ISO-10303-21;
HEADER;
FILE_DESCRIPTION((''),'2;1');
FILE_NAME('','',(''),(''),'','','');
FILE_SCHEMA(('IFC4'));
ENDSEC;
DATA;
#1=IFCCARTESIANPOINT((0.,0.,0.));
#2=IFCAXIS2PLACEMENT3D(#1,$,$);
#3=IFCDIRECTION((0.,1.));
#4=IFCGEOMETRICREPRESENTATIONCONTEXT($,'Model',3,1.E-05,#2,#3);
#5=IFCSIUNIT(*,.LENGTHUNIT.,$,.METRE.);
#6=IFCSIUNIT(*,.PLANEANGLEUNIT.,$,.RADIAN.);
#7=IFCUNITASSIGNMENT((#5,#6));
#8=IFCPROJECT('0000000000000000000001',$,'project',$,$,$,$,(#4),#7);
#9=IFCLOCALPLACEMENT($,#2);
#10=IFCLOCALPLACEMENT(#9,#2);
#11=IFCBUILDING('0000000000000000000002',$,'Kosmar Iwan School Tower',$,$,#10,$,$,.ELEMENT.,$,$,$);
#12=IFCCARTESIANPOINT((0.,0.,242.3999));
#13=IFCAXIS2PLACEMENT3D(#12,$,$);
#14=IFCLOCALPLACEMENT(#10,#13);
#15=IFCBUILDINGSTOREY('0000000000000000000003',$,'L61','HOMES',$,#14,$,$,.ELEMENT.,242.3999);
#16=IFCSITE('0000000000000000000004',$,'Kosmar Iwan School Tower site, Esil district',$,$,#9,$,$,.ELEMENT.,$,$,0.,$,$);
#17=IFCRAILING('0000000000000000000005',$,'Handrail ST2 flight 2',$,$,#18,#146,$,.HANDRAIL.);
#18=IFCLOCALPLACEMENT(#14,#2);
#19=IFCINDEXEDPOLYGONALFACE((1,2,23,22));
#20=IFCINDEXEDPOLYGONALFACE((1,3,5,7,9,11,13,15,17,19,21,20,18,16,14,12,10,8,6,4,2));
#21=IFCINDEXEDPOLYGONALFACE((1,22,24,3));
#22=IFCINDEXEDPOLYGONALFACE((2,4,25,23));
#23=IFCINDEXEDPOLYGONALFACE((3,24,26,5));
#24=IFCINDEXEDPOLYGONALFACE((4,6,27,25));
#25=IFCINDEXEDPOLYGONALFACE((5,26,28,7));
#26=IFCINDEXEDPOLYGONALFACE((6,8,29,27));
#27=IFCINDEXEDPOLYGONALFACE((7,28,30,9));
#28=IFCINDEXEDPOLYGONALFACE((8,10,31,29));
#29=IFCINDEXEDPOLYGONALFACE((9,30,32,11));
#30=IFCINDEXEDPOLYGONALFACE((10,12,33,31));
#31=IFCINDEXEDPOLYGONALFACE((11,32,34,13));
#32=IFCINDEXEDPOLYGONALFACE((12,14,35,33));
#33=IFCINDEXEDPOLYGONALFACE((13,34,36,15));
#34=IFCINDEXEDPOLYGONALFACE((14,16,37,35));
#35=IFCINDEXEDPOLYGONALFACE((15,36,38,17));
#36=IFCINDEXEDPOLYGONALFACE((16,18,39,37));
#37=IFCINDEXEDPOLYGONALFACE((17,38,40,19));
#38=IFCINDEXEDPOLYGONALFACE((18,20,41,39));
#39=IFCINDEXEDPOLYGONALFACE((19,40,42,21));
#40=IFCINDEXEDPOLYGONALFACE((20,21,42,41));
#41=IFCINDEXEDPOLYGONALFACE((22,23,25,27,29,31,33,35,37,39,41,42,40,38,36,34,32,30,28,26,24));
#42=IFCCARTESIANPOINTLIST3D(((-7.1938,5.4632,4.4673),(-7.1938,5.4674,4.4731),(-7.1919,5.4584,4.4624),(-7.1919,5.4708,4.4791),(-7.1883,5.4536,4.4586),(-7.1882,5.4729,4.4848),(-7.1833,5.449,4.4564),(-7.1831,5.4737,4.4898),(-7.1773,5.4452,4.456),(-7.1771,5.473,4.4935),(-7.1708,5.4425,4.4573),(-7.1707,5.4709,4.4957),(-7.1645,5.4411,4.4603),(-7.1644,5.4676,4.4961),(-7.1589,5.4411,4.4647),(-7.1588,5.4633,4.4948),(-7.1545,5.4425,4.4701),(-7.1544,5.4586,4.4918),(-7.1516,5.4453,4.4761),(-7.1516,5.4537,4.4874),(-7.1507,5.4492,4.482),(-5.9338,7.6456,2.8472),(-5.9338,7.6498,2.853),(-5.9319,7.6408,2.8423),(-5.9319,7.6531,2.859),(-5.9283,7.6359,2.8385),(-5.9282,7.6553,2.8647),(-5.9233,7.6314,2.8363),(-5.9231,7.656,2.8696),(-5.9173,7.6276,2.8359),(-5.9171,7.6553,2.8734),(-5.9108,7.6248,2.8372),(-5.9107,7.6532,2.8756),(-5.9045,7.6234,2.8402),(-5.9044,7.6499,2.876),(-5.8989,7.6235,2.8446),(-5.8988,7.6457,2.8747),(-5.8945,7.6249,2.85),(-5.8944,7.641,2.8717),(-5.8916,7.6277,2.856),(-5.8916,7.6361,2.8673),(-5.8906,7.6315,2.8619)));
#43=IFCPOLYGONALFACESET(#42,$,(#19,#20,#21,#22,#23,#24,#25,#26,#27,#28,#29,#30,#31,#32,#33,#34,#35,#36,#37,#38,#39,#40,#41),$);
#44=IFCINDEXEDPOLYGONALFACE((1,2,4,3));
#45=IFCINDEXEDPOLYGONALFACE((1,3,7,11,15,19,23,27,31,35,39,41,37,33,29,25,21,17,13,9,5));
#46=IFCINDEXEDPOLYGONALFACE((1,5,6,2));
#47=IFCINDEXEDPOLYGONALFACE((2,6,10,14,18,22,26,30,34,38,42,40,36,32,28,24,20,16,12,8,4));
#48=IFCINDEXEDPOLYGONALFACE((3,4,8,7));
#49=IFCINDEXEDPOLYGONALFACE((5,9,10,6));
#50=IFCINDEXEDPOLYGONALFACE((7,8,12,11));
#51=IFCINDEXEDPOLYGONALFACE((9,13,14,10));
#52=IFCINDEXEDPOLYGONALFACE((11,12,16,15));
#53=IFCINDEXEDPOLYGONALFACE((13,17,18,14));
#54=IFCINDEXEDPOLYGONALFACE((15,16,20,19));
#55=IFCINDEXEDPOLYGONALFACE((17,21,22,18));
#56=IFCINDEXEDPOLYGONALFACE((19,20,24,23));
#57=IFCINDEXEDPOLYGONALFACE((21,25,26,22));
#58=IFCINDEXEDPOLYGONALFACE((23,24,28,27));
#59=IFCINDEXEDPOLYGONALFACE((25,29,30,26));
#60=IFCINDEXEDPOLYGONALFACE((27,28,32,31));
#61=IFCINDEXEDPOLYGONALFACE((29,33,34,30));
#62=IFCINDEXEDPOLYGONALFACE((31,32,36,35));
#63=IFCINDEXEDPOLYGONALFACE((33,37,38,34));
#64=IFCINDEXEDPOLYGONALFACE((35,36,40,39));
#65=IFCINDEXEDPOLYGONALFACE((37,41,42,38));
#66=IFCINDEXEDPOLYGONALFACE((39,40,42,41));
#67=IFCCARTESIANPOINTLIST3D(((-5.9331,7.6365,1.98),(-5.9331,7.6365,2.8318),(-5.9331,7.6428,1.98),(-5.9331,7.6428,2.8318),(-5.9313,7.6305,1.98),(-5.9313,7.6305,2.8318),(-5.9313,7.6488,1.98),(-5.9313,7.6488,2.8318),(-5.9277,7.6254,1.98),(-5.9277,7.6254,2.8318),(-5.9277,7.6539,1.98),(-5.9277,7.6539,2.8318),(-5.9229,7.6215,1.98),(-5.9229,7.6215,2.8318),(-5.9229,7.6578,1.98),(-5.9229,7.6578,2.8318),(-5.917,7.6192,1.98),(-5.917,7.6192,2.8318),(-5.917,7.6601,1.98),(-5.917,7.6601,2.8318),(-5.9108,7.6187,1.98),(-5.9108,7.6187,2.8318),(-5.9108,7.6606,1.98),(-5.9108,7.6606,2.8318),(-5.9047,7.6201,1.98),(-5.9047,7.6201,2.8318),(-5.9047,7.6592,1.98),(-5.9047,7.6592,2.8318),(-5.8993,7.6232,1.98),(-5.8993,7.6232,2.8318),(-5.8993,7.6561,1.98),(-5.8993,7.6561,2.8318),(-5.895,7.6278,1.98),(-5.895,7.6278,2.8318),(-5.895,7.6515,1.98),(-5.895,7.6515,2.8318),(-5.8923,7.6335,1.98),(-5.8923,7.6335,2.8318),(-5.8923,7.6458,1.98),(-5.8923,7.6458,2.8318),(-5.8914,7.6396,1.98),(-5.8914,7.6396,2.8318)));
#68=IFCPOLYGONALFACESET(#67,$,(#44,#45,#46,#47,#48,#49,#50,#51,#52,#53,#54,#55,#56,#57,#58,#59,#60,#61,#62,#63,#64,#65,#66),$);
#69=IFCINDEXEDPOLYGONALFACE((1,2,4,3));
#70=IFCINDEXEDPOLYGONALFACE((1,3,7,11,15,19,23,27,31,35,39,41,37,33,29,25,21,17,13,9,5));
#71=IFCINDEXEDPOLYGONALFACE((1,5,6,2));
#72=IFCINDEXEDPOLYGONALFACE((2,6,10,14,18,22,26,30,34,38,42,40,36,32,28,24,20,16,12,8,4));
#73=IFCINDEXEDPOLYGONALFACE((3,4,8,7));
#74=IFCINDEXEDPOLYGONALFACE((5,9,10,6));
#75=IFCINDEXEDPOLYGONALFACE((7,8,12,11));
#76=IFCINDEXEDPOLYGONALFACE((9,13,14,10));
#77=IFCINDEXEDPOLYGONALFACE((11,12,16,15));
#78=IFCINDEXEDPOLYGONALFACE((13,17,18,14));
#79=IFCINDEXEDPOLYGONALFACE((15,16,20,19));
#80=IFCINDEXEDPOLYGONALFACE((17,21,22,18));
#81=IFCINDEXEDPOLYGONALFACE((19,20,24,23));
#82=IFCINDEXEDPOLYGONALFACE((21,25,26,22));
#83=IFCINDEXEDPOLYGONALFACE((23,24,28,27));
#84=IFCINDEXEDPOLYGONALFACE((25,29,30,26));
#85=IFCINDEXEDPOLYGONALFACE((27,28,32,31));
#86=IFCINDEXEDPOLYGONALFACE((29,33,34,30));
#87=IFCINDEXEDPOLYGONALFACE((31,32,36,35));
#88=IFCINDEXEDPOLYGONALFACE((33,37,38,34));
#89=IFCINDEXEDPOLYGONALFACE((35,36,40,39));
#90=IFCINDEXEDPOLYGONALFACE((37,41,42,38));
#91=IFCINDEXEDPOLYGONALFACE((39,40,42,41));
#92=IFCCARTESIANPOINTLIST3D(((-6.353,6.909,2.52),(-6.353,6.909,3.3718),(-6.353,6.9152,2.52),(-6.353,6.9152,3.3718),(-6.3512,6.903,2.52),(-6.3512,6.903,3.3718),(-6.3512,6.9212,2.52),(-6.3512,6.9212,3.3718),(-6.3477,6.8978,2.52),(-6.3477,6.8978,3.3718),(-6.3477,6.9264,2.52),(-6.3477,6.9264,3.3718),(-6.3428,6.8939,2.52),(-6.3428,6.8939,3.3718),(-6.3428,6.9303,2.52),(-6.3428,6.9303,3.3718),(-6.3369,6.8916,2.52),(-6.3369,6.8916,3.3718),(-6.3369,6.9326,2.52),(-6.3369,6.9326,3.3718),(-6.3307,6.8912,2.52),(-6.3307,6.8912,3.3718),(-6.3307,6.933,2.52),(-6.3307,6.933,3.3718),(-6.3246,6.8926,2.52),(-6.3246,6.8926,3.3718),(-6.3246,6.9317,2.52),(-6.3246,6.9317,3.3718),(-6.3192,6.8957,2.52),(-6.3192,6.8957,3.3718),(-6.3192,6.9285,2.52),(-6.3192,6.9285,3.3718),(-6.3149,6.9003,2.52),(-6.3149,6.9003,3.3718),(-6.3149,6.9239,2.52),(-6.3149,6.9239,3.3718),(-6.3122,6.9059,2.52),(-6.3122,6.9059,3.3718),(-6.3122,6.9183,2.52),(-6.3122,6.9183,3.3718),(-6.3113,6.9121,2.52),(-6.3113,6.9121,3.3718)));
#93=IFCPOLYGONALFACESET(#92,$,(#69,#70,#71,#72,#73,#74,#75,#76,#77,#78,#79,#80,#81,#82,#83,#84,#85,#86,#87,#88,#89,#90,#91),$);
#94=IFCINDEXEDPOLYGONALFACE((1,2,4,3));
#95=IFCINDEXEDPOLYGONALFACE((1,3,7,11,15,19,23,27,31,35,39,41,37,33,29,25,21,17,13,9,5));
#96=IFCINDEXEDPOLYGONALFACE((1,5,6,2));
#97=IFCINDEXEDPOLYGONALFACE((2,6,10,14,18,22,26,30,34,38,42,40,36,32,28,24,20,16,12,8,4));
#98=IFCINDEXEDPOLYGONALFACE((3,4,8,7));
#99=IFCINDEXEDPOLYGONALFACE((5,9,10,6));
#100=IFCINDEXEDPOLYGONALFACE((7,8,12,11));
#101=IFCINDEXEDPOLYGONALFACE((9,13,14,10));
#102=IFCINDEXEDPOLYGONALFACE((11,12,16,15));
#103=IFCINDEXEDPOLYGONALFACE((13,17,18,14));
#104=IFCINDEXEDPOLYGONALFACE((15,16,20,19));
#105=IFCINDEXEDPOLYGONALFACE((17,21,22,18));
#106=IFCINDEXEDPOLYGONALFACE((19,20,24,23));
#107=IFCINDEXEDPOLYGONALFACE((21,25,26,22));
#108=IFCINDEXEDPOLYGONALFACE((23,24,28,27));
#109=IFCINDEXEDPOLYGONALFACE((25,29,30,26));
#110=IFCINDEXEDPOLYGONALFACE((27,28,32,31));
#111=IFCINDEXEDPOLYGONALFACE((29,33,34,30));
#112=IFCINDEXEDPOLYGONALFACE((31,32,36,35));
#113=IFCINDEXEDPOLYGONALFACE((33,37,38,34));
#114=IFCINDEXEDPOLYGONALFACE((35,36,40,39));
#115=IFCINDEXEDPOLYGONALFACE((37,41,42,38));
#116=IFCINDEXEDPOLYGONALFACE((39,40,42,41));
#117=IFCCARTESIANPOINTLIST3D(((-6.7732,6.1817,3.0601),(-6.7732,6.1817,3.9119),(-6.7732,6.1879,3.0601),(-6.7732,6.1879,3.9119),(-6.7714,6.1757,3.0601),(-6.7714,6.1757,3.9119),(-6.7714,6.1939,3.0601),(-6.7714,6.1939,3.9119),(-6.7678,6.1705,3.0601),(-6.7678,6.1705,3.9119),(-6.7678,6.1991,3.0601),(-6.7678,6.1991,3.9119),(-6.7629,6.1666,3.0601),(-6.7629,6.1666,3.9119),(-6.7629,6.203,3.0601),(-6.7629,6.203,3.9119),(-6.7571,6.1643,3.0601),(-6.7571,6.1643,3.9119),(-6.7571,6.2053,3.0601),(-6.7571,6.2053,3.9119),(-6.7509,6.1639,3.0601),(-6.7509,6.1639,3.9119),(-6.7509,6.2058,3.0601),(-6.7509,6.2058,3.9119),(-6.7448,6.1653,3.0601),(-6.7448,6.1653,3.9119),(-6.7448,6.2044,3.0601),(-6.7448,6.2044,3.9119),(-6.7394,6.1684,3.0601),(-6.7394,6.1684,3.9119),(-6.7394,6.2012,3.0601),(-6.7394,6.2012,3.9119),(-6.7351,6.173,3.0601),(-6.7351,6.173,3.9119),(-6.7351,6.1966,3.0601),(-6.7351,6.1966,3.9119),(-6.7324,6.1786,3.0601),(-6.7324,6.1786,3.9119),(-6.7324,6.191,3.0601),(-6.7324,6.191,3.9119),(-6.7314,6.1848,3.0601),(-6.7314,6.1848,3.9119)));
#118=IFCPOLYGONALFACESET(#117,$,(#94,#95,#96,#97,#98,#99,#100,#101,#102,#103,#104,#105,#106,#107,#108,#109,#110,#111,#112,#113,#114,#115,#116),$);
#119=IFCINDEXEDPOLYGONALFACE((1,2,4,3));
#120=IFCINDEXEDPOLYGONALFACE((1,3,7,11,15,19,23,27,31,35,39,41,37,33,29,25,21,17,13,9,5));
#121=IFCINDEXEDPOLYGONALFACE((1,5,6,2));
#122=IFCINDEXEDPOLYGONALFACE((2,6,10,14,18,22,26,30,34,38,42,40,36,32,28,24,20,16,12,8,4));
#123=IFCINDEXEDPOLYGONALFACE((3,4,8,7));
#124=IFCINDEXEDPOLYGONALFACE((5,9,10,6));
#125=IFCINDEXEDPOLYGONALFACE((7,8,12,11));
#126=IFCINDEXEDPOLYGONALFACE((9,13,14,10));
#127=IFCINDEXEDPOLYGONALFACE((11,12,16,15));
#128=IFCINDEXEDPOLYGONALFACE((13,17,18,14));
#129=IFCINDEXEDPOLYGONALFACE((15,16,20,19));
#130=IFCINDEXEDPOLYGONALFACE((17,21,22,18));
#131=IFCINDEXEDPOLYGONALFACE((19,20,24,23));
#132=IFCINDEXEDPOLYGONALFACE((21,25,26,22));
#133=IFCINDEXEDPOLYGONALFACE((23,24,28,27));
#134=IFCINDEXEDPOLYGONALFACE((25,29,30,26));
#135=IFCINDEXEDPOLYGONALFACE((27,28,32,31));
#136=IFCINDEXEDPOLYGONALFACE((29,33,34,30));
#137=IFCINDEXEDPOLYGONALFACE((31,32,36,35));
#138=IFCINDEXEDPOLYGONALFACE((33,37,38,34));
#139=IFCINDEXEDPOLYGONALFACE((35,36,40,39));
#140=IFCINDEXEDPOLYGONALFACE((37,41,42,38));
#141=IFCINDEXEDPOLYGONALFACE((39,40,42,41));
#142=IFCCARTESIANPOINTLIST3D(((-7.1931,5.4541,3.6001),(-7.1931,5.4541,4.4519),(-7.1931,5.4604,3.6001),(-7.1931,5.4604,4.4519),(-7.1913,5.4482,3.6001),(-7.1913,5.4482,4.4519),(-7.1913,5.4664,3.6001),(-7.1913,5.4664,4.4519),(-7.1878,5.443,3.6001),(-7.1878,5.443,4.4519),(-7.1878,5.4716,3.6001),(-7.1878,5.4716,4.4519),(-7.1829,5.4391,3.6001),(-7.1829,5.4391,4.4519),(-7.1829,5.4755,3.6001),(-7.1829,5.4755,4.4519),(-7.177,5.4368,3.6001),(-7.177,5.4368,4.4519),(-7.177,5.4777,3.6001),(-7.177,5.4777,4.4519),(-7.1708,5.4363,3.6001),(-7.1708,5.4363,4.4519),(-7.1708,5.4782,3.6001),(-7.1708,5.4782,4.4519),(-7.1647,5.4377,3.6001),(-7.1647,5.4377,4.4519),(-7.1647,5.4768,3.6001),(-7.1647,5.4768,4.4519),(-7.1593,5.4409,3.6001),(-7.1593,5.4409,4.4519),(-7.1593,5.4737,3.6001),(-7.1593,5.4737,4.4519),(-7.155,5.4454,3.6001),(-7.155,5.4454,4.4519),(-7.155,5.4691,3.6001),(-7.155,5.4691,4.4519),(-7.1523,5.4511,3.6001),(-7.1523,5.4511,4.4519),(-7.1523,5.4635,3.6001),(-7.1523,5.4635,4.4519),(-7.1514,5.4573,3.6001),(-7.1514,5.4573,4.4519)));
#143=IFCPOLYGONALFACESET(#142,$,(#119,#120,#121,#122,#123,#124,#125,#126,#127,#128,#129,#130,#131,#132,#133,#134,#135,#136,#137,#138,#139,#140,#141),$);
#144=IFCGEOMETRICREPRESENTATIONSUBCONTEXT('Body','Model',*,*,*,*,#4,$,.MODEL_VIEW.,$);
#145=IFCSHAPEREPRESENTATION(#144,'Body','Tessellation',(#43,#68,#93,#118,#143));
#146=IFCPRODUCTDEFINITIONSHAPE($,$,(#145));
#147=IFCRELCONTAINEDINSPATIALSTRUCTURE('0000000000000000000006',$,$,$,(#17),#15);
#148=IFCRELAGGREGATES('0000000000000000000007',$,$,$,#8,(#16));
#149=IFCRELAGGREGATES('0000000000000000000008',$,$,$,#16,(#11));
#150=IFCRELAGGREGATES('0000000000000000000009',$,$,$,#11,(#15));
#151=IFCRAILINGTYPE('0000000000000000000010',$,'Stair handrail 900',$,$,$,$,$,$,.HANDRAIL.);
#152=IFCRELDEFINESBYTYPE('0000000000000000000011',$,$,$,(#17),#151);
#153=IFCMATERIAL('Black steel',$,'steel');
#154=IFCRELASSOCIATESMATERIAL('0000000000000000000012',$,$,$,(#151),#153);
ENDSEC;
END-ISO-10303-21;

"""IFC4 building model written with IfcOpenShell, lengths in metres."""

from ifc_helpers import new_model, si_unit, direction, frame, origin, origin_2d, place, context, subcontext, project, spatial, circle, extrude, material, type_object, element, save


model = new_model("IFC4")

# Units and contexts
model_context = context("Model", 3, precision=1e-05, world=origin(), true_north=direction((0.0, 1.0)))
body_context = subcontext(model_context, "Body", "Model", "MODEL_VIEW")
ifc_project = project(units=[si_unit("LENGTHUNIT", "METRE"), si_unit("PLANEANGLEUNIT", "RADIAN")], contexts=[model_context])

# Site, building, storey
site_placement = place(None, origin())
site = spatial("IfcSite", under=ifc_project, at=site_placement, Name="Kosmar Iwan School Tower site, Esil district", CompositionType="ELEMENT", RefElevation=0.0)
building_placement = place(site_placement, origin())
building = spatial("IfcBuilding", under=site, at=building_placement, Name="Kosmar Iwan School Tower", CompositionType="ELEMENT")
storey_placement = place(building_placement, frame((0.0, 0.0, 242.3999)))
storey = spatial("IfcBuildingStorey", under=building, at=storey_placement, Name="L61", Description="HOMES", CompositionType="ELEMENT", Elevation=242.3999)

# Railing
ifc_material_1 = material(Name="Black steel", Category="steel")
railing_type = type_object("IfcRailingType", Name="Stair handrail 900", PredefinedType="HANDRAIL", material=ifc_material_1)
railing_1_placement = place(storey_placement, frame((-5.9124, 7.6396, 1.98)))
element("IfcRailing", 1, at=railing_1_placement, inside=storey, type_object=railing_type, Name="Handrail ST2 flight 2", PredefinedType="HANDRAIL", context=body_context, shape_type="SweptSolid", body=[
    extrude(circle(Radius=0.0239, at=origin_2d()), frame((0.0, 0.0, 0.876), z_axis=(-0.420584, -0.728464, 0.540786), x_axis=(0.866023, -0.500005, 0.0)), (0.0, 0.0, 1.0), 2.9958),
    extrude(circle(Radius=0.021, at=origin_2d()), origin(), (0.0, 0.0, 1.0), 0.8518),
    extrude(circle(Radius=0.021, at=origin_2d()), frame((-0.4199, -0.7275, 0.54)), (0.0, 0.0, 1.0), 0.8518),
    extrude(circle(Radius=0.021, at=origin_2d()), frame((-0.8401, -1.4548, 1.0801)), (0.0, 0.0, 1.0), 0.8518),
    extrude(circle(Radius=0.021, at=origin_2d()), frame((-1.26, -2.1824, 1.6201)), (0.0, 0.0, 1.0), 0.8518),
])

save(model, "model.ifc")
